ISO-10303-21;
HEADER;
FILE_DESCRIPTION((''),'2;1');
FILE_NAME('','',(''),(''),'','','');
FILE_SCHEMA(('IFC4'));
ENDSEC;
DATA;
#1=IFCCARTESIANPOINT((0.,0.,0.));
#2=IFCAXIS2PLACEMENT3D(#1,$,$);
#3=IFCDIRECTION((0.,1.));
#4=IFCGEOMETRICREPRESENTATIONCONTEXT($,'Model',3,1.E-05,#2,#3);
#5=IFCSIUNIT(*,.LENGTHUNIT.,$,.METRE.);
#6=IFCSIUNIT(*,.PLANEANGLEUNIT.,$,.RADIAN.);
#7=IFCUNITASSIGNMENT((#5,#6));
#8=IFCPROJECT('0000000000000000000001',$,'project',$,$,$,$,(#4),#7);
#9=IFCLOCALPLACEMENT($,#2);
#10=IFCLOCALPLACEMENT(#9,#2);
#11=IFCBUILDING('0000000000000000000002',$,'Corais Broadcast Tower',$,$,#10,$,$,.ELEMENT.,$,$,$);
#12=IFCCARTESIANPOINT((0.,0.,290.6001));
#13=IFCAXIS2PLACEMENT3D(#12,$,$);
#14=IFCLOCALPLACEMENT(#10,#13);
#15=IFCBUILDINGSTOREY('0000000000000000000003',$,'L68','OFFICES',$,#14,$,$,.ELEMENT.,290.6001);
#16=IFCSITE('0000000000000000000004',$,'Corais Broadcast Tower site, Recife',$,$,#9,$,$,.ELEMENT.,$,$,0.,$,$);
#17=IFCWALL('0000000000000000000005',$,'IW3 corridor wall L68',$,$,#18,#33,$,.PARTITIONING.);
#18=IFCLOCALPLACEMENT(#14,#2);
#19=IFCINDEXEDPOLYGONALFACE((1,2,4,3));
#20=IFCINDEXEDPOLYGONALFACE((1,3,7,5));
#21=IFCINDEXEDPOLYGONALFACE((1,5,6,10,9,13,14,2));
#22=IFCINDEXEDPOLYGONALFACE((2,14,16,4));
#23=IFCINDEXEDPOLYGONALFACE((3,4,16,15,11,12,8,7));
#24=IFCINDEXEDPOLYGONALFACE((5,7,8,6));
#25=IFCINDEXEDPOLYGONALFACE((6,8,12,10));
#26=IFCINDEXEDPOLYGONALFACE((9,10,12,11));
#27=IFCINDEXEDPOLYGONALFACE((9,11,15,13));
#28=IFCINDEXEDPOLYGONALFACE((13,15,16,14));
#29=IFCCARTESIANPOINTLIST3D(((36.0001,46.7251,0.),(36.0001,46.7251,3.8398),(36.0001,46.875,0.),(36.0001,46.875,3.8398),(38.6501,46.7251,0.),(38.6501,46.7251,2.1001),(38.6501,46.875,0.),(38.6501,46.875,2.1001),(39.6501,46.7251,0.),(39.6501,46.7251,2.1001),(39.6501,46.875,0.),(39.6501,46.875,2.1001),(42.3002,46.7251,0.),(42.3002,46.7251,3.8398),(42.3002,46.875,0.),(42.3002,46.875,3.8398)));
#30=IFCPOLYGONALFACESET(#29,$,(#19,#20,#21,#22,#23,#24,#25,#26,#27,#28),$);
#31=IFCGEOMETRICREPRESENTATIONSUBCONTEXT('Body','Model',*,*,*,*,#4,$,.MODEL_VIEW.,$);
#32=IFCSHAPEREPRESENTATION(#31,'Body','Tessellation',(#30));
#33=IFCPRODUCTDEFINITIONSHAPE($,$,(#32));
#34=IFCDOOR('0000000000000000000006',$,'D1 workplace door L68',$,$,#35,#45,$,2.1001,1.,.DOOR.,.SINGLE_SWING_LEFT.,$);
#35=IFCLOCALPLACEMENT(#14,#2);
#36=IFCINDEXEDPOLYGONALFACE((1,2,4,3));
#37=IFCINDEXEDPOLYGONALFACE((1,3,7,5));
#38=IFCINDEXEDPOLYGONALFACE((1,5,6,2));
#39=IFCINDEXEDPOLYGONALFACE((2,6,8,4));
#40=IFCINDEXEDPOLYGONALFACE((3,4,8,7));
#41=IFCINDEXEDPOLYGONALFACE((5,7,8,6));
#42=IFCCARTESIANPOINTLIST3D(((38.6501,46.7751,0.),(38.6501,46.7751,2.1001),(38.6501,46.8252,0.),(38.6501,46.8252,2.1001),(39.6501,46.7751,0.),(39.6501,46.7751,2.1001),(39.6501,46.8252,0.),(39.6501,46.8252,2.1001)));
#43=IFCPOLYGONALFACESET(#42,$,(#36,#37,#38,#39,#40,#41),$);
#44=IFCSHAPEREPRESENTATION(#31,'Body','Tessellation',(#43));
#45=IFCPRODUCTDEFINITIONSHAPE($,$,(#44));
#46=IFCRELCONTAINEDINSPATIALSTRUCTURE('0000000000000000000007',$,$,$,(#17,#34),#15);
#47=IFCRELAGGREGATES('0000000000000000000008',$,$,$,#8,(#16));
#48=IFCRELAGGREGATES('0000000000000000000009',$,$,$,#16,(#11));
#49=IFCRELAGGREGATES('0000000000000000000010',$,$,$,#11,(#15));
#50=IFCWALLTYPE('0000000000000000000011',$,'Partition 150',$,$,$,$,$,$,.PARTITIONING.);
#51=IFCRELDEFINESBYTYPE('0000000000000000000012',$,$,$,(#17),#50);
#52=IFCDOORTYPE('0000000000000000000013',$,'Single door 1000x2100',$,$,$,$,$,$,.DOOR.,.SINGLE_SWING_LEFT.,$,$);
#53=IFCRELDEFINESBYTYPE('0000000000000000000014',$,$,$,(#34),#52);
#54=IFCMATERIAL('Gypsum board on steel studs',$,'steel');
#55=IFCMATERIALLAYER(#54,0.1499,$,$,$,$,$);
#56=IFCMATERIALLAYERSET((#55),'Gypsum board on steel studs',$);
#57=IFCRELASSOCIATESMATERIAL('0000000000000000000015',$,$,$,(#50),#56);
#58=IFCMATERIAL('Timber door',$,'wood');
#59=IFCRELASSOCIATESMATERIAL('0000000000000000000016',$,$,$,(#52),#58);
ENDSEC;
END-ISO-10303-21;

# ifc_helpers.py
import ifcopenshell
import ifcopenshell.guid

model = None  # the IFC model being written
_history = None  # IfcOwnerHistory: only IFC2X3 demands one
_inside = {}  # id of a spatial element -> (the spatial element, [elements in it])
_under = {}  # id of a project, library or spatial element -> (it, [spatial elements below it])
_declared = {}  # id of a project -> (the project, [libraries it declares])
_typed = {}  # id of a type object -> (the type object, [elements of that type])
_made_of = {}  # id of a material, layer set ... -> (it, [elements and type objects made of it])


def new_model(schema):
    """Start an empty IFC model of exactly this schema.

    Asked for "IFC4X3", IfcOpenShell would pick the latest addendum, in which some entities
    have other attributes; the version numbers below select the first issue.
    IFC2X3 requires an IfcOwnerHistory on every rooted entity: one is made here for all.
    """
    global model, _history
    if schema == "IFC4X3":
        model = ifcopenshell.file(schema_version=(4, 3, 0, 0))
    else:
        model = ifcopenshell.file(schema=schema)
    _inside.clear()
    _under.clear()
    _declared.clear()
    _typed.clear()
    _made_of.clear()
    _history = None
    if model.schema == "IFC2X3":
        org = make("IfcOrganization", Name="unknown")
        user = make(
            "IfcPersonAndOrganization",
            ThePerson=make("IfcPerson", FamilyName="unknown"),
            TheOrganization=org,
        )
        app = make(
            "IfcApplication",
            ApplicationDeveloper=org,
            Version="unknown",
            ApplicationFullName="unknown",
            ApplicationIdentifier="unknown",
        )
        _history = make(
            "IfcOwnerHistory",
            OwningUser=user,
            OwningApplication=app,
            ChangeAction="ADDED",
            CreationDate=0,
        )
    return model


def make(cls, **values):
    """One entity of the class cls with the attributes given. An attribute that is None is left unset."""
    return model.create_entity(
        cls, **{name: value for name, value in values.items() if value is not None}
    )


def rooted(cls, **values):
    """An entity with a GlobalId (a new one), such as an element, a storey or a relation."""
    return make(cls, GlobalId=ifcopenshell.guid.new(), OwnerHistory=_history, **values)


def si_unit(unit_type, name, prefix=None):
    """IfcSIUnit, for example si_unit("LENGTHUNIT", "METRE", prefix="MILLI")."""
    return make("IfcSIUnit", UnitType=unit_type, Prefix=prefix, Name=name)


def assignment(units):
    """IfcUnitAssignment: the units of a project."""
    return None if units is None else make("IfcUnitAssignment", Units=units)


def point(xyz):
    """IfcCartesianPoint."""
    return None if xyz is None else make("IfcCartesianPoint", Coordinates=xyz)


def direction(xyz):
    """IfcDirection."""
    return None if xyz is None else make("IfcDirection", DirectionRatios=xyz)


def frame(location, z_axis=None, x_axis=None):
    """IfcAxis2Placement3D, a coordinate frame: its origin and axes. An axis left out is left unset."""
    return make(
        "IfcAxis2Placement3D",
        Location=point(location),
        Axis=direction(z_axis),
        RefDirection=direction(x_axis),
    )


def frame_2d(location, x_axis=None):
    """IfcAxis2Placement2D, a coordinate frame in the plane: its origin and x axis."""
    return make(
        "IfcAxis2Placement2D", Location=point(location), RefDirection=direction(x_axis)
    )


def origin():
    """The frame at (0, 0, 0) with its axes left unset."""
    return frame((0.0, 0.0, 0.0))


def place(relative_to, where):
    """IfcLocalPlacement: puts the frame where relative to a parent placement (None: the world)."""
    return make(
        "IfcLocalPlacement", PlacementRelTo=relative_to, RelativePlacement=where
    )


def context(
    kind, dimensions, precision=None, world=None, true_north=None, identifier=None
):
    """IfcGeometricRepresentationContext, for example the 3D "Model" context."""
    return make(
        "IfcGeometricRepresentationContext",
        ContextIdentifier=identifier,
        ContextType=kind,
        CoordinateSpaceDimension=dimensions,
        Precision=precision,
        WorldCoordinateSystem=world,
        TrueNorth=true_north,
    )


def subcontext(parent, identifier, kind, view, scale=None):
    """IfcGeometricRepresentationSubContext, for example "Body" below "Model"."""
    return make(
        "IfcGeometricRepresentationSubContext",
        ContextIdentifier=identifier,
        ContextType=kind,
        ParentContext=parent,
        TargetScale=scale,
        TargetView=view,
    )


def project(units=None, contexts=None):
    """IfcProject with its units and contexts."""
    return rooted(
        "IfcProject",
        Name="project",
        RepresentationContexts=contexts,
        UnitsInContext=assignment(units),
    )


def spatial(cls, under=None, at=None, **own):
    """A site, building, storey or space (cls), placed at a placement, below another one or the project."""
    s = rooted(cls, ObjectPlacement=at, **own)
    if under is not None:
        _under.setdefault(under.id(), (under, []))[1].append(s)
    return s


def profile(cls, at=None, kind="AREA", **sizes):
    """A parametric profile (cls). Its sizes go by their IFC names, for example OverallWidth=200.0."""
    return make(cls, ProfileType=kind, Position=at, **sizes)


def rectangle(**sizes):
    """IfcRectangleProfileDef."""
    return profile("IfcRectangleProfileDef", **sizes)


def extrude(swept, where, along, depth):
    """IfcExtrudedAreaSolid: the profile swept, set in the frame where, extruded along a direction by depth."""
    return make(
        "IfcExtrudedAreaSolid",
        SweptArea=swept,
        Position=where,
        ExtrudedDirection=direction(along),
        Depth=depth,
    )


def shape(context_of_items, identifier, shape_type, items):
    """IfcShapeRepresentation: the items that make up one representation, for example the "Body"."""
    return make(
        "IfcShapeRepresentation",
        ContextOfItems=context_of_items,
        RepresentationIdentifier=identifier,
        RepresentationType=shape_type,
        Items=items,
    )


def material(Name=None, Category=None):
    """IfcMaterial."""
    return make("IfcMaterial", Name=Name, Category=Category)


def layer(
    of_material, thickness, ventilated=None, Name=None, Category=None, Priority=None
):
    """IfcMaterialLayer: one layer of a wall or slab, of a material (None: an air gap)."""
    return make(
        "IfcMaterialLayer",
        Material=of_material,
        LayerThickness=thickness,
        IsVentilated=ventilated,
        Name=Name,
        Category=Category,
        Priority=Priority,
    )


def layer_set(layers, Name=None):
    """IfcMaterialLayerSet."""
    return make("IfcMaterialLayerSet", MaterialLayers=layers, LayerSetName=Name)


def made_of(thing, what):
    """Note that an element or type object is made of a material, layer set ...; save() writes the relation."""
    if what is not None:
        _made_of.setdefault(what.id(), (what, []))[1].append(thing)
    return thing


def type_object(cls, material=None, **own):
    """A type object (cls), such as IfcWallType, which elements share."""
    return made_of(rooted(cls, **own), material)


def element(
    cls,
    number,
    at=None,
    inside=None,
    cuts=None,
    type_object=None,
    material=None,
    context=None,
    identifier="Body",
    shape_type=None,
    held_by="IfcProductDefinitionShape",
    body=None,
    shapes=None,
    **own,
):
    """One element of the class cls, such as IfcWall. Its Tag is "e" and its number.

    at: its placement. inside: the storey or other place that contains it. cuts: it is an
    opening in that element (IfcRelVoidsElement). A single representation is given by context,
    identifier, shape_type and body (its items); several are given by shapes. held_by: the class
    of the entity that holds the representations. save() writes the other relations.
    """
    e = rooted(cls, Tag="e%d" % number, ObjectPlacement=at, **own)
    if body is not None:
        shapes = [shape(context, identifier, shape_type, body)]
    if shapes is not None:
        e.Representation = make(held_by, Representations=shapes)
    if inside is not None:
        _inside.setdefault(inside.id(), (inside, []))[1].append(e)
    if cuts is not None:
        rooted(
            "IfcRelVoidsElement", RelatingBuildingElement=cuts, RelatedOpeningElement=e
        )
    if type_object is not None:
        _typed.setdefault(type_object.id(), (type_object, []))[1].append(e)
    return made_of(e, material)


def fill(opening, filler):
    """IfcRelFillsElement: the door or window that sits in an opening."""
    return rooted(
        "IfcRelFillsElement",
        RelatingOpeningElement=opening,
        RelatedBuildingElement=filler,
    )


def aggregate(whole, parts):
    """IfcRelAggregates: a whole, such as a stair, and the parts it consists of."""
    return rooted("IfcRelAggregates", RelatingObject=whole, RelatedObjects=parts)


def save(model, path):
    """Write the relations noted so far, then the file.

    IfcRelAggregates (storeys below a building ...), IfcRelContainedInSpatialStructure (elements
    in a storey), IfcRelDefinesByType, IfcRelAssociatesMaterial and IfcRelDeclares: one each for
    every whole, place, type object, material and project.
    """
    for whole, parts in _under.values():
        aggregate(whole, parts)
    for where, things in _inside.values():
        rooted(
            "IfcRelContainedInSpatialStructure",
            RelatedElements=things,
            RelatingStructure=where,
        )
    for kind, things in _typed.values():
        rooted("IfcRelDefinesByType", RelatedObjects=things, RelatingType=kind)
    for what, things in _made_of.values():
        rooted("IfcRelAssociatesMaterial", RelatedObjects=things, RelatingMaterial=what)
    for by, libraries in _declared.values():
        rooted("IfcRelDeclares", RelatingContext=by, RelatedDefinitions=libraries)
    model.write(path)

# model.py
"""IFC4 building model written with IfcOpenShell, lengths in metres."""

from ifc_helpers import new_model, si_unit, direction, frame, frame_2d, origin, place, context, subcontext, project, spatial, rectangle, extrude, material, layer, layer_set, type_object, element, fill, save


model = new_model("IFC4")

# Units and contexts
model_context = context("Model", 3, precision=1e-05, world=origin(), true_north=direction((0.0, 1.0)))
body_context = subcontext(model_context, "Body", "Model", "MODEL_VIEW")
ifc_project = project(units=[si_unit("LENGTHUNIT", "METRE"), si_unit("PLANEANGLEUNIT", "RADIAN")], contexts=[model_context])

# Site, building, storey
site_placement = place(None, origin())
site = spatial("IfcSite", under=ifc_project, at=site_placement, Name="Corais Broadcast Tower site, Recife", CompositionType="ELEMENT", RefElevation=0.0)
building_placement = place(site_placement, origin())
building = spatial("IfcBuilding", under=site, at=building_placement, Name="Corais Broadcast Tower", CompositionType="ELEMENT")
storey_placement = place(building_placement, frame((0.0, 0.0, 290.6001)))
storey = spatial("IfcBuildingStorey", under=building, at=storey_placement, Name="L68", Description="OFFICES", CompositionType="ELEMENT", Elevation=290.6001)

# Wall, opening, door
ifc_material_1 = material(Name="Gypsum board on steel studs", Category="steel")
ifc_layer_1 = layer(ifc_material_1, 0.1499)
ifc_layer_set_1 = layer_set([ifc_layer_1], Name="Gypsum board on steel studs")
wall_type = type_object("IfcWallType", Name="Partition 150", PredefinedType="PARTITIONING", material=ifc_layer_set_1)
wall_placement = place(storey_placement, frame((42.3, 46.8, 0.0), z_axis=(0.0, 0.0, 1.0), x_axis=(-1.0, 0.0, 0.0)))
wall = element("IfcWall", 1, at=wall_placement, inside=storey, type_object=wall_type, Name="IW3 corridor wall L68", PredefinedType="PARTITIONING", context=body_context, shape_type="SweptSolid", body=[
    extrude(rectangle(XDim=6.3, YDim=0.1499, at=frame_2d((3.1499, 0.0))), origin(), (0.0, 0.0, 1.0), 3.8398),
])
opening_placement = place(wall_placement, frame((2.6499, 0.0, 0.0)))
opening = element("IfcOpeningElement", 2, at=opening_placement, cuts=wall, PredefinedType="OPENING", context=body_context, shape_type="SweptSolid", body=[
    extrude(rectangle(XDim=1.0, YDim=2.1001, at=frame_2d((0.5, 1.05))), frame((0.0, 0.085, 0.0), z_axis=(0.0, -1.0, 0.0), x_axis=(1.0, 0.0, 0.0)), (0.0, 0.0, 1.0), 0.1699),
])
ifc_material_2 = material(Name="Timber door", Category="wood")
door_type = type_object("IfcDoorType", Name="Single door 1000x2100", OperationType="SINGLE_SWING_LEFT", PredefinedType="DOOR", material=ifc_material_2)
door_placement = place(opening_placement, origin())
door = element("IfcDoor", 3, at=door_placement, inside=storey, type_object=door_type, Name="D1 workplace door L68", OperationType="SINGLE_SWING_LEFT", OverallHeight=2.1001, OverallWidth=1.0, PredefinedType="DOOR", context=body_context, shape_type="SweptSolid", body=[
    extrude(rectangle(XDim=1.0, YDim=2.1001, at=frame_2d((0.5, 1.05))), frame((0.0, 0.0249, 0.0), z_axis=(0.0, -1.0, 0.0), x_axis=(1.0, 0.0, 0.0)), (0.0, 0.0, 1.0), 0.05),
])
fill(opening, door)

save(model, "model.ifc")
